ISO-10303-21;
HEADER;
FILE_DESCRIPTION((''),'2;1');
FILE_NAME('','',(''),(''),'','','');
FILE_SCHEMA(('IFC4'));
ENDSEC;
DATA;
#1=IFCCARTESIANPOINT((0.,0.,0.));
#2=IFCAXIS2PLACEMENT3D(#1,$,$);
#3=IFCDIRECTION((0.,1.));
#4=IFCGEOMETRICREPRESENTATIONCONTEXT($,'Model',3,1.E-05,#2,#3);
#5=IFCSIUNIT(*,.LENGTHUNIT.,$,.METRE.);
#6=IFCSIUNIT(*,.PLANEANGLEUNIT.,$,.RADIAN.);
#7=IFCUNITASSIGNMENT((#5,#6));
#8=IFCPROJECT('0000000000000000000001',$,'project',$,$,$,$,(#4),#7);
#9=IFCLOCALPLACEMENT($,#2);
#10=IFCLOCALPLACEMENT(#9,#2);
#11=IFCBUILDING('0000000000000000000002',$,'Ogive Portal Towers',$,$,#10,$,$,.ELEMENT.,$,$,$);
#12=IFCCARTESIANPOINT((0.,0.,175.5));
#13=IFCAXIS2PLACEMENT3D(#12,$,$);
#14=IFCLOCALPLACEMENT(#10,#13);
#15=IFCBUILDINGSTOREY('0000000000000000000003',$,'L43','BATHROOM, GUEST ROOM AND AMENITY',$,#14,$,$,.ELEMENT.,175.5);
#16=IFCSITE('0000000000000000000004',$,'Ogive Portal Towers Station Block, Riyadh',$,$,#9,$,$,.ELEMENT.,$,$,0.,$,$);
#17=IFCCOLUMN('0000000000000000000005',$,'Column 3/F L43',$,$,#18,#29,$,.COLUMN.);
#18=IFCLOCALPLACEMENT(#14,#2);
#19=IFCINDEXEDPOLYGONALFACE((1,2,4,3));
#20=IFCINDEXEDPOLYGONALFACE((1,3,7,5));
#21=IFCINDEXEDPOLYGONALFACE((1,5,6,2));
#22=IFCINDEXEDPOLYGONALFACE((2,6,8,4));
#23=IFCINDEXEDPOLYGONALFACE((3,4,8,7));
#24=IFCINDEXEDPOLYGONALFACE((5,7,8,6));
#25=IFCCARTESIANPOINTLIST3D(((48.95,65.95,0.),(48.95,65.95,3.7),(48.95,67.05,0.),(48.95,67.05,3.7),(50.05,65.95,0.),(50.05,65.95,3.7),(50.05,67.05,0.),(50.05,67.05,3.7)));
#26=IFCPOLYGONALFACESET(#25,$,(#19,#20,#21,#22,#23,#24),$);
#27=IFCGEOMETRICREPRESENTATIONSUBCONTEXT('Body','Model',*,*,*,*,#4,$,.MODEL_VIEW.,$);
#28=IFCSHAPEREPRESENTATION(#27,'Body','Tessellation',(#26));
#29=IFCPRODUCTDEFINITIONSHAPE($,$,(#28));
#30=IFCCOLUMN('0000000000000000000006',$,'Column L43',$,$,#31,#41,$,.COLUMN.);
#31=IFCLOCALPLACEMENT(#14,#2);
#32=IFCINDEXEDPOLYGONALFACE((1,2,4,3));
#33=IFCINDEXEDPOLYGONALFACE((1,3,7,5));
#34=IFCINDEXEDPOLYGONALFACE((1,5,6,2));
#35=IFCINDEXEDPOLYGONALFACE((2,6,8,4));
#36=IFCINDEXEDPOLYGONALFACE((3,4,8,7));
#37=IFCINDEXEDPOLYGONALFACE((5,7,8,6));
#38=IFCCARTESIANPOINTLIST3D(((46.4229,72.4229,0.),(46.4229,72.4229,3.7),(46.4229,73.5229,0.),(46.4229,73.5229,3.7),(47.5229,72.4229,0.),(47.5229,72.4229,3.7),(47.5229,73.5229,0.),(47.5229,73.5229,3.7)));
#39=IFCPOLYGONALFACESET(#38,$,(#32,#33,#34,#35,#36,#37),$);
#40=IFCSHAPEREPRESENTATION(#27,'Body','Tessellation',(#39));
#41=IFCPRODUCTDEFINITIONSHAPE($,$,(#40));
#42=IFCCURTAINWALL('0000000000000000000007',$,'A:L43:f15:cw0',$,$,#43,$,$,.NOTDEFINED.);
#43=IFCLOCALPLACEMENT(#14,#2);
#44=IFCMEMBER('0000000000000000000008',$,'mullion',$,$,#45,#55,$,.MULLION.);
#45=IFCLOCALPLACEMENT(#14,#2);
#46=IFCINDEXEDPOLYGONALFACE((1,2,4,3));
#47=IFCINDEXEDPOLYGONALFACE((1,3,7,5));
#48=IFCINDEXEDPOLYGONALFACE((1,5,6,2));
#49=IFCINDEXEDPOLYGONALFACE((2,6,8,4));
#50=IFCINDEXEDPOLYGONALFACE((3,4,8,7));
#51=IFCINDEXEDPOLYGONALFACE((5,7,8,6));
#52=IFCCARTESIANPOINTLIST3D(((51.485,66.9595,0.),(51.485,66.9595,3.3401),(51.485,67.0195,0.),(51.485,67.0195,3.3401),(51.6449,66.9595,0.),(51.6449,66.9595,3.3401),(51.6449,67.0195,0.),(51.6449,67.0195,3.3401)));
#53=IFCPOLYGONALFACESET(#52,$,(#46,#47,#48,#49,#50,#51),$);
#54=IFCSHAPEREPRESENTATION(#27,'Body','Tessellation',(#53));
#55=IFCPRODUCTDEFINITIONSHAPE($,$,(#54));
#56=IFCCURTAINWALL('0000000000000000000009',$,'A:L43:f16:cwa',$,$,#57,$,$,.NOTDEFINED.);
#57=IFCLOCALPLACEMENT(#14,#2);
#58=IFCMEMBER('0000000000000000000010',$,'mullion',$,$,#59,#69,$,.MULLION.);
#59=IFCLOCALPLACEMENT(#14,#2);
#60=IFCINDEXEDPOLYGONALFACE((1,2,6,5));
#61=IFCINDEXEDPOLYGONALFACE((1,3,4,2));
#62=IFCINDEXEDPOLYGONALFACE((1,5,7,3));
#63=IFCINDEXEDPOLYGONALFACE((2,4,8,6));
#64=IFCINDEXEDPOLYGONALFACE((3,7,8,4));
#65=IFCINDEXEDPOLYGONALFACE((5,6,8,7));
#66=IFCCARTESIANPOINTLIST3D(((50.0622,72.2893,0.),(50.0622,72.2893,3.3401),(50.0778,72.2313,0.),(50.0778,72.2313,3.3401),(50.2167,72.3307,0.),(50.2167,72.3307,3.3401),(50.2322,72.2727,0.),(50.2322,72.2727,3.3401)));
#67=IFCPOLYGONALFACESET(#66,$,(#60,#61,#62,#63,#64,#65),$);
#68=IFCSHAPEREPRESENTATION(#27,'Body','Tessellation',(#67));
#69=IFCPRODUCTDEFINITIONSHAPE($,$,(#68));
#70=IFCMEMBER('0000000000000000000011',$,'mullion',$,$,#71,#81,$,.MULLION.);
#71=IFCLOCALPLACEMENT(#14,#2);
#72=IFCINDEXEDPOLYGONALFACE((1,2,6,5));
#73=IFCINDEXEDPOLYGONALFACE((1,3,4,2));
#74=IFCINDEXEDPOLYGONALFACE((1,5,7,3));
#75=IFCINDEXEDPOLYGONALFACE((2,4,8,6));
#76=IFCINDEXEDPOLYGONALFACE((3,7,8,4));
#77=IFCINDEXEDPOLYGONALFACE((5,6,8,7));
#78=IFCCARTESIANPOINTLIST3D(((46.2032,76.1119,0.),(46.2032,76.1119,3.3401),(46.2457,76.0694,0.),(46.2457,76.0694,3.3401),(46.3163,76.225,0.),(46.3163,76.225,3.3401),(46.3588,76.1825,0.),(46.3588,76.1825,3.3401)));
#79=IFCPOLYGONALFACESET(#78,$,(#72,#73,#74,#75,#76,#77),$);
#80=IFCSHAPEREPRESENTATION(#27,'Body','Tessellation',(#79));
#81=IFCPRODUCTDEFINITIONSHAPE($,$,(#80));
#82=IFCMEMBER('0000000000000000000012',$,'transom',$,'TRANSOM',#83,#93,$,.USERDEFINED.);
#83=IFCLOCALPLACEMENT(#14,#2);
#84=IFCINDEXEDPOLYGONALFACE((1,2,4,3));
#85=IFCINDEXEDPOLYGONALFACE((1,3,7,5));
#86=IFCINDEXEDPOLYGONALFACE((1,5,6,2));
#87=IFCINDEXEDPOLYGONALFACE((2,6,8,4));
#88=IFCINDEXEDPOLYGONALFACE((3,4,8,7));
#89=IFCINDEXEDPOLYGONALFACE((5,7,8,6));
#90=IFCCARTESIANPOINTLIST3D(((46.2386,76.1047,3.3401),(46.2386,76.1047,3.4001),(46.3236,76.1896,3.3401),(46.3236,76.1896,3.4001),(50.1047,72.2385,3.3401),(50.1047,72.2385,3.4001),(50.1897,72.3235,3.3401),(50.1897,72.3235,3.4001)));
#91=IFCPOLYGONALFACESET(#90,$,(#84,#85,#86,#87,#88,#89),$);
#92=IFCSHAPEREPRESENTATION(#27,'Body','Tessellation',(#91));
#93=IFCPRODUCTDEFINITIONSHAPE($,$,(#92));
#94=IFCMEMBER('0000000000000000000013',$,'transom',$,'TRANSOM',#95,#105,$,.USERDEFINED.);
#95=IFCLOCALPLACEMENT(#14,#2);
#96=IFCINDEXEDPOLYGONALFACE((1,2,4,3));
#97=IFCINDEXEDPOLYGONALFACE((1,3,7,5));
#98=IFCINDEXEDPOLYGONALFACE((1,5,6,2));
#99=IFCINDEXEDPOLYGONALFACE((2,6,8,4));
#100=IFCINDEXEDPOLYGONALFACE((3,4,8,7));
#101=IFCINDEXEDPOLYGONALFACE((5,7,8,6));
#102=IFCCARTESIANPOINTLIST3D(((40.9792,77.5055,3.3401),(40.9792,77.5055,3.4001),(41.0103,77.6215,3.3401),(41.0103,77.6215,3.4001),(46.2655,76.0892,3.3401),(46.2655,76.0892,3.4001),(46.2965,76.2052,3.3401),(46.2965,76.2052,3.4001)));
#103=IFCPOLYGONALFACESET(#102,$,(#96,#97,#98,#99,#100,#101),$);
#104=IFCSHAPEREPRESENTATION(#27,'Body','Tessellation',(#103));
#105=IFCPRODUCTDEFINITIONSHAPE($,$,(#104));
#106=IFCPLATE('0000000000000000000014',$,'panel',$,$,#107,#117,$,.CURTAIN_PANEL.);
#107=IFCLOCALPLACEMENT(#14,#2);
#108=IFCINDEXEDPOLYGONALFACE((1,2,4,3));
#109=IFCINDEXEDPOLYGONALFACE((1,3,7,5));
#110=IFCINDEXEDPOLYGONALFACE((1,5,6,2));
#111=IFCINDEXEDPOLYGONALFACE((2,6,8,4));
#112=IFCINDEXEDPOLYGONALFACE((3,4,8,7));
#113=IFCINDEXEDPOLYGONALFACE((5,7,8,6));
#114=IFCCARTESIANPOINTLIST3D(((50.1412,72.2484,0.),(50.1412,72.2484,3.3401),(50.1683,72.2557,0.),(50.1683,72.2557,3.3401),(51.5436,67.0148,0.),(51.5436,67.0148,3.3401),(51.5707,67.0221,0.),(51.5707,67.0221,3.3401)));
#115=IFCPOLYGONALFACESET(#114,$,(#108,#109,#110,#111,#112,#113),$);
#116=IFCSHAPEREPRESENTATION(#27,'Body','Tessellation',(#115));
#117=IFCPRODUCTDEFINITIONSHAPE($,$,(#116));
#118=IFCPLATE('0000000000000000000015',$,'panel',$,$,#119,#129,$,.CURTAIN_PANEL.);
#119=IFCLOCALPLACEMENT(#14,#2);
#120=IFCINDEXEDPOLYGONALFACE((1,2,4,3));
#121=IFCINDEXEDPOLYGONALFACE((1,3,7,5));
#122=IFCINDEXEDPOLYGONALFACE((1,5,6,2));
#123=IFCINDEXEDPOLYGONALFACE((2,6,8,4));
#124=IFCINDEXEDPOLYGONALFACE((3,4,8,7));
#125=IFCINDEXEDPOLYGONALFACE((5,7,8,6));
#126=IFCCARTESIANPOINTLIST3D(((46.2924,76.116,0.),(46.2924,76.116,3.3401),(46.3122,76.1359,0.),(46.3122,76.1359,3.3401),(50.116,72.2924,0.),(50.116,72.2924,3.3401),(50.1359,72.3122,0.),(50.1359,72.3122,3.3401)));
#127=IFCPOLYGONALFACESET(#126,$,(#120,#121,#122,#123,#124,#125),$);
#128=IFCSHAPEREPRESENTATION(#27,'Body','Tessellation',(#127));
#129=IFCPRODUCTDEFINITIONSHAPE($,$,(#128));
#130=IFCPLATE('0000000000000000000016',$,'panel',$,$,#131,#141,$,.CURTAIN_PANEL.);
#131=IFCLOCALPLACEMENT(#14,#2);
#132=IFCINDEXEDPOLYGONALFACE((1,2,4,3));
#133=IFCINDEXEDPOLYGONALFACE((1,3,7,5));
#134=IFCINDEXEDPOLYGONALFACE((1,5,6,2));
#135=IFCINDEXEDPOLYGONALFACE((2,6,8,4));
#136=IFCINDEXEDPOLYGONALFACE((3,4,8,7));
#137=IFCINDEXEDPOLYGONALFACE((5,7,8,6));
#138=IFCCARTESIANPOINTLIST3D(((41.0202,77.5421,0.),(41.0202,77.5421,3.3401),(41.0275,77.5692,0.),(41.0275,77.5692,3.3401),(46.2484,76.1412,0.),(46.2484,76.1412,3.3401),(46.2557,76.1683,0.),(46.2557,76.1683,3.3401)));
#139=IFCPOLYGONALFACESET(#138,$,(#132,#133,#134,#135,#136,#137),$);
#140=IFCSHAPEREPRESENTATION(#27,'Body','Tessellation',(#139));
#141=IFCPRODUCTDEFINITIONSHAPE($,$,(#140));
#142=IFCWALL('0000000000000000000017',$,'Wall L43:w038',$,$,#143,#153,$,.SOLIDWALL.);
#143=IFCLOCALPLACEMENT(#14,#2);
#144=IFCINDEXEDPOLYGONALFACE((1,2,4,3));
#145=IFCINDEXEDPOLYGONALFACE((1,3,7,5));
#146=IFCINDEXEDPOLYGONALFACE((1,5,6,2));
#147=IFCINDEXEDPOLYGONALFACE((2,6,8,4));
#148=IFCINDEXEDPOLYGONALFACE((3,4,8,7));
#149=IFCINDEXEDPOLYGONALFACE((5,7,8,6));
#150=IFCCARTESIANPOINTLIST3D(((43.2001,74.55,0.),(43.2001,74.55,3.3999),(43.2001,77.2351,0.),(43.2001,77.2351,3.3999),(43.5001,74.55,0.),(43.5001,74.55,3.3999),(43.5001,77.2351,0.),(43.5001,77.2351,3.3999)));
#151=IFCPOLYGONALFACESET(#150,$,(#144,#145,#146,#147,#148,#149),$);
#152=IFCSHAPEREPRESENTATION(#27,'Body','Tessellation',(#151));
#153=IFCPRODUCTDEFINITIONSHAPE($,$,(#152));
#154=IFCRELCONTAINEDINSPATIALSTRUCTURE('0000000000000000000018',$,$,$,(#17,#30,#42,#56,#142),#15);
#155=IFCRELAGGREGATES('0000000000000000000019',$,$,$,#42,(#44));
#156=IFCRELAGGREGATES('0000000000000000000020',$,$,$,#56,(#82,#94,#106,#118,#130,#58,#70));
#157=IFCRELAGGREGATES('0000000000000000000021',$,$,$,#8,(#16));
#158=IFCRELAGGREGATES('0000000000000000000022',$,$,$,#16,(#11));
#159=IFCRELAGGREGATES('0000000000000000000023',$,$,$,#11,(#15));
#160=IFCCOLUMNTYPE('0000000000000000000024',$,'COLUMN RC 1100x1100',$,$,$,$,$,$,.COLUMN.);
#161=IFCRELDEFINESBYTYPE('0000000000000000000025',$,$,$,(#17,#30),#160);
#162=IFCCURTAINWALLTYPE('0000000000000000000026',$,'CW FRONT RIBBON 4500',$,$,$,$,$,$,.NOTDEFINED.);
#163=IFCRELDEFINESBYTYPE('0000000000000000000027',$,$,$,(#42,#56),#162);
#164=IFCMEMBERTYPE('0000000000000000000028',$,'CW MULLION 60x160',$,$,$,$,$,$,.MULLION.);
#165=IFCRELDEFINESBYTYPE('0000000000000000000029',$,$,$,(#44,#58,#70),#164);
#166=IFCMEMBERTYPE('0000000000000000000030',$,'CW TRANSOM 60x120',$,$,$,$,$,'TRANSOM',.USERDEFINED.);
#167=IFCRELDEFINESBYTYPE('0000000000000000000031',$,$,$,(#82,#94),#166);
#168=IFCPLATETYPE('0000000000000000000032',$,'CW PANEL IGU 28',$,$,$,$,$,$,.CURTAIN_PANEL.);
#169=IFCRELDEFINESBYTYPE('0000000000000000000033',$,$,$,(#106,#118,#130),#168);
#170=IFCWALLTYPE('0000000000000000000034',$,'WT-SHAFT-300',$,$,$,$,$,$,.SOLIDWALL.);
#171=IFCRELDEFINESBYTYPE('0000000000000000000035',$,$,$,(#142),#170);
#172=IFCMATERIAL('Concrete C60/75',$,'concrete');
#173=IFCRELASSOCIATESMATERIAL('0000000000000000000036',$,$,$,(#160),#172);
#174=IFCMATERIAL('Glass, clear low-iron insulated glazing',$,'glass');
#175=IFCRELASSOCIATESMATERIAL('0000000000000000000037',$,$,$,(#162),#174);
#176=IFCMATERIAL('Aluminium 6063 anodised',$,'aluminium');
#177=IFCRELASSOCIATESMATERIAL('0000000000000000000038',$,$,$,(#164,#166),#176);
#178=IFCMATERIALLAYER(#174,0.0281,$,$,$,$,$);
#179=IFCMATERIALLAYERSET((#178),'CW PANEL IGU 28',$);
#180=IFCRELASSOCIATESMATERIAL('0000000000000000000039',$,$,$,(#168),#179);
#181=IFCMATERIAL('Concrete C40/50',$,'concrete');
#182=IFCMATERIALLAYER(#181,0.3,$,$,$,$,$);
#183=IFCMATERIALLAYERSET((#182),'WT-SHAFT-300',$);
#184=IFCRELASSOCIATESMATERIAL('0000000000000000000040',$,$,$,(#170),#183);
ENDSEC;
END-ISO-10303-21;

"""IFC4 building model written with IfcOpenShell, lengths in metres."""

from ifc_helpers import new_model, si_unit, direction, frame, frame_2d, origin, origin_2d, place, context, subcontext, project, spatial, rectangle, extrude, material, layer, layer_set, material_profile, profile_set, type_object, element, aggregate, save


model = new_model("IFC4")

# Units and contexts
model_context = context("Model", 3, precision=1e-05, world=origin(), true_north=direction((0.0, 1.0)))
body_context = subcontext(model_context, "Body", "Model", "MODEL_VIEW")
ifc_project = project(units=[si_unit("LENGTHUNIT", "METRE"), si_unit("PLANEANGLEUNIT", "RADIAN")], contexts=[model_context])

# Site, building, storey
site_placement = place(None, origin())
site = spatial("IfcSite", under=ifc_project, at=site_placement, Name="Ogive Portal Towers Station Block, Riyadh", CompositionType="ELEMENT", RefElevation=0.0)
building_placement = place(site_placement, origin())
building = spatial("IfcBuilding", under=site, at=building_placement, Name="Ogive Portal Towers", CompositionType="ELEMENT")
storey_placement = place(building_placement, frame((0.0, 0.0, 175.5)))
storey = spatial("IfcBuildingStorey", under=building, at=storey_placement, Name="L43", Description="BATHROOM, GUEST ROOM AND AMENITY", CompositionType="ELEMENT", Elevation=175.5)

# Columns
ifc_material_1 = material(Name="Concrete C60/75", Category="concrete")
ifc_material_profile_1 = material_profile(ifc_material_1, rectangle(XDim=1.1001, YDim=1.1001, at=origin_2d()), Name="RC 1100x1100")
ifc_profile_set_1 = profile_set([ifc_material_profile_1], Name="Concrete C60/75")
column_type = type_object("IfcColumnType", Name="COLUMN RC 1100x1100", PredefinedType="COLUMN", material=ifc_profile_set_1)
for number, where, z_axis, x_axis, name in (
    (1, (49.5, 66.5, 0.0), (0.0, 0.0, 1.0), (1.0, 0.0, 0.0), "Column 3/F L43"),
    (2, (46.9729, 72.9729, 0.0), (0.0, 0.0, 1.0), (1.0, 0.0, 0.0), "Column L43"),
):
    element("IfcColumn", number, at=place(storey_placement, frame(where, z_axis=z_axis, x_axis=x_axis)), inside=storey, type_object=column_type, Name=name, PredefinedType="COLUMN", context=body_context, shape_type="SweptSolid", body=[
        extrude(rectangle(XDim=1.1001, YDim=1.1001, at=origin_2d()), origin(), (0.0, 0.0, 1.0), 3.7),
    ])

# Curtain wall, member
ifc_material_2 = material(Name="Glass, clear low-iron insulated glazing", Category="glass")
curtain_wall_type = type_object("IfcCurtainWallType", Name="CW FRONT RIBBON 4500", PredefinedType="NOTDEFINED", material=ifc_material_2)
curtain_wall_1_placement = place(storey_placement, origin())
curtain_wall_1 = element("IfcCurtainWall", 3, at=curtain_wall_1_placement, inside=storey, type_object=curtain_wall_type, Name="A:L43:f15:cw0", PredefinedType="NOTDEFINED")
ifc_material_3 = material(Name="Aluminium 6063 anodised", Category="aluminium")
ifc_material_profile_2 = material_profile(ifc_material_3, rectangle(XDim=0.1599, YDim=0.0601, at=origin_2d()), Name="AL 60x160")
ifc_profile_set_2 = profile_set([ifc_material_profile_2], Name="Aluminium 6063 anodised")
member_type_1 = type_object("IfcMemberType", Name="CW MULLION 60x160", PredefinedType="MULLION", material=ifc_profile_set_2)
member_1_placement = place(storey_placement, frame((51.5649, 66.9895, 0.0), z_axis=(0.0, 0.0, 1.0), x_axis=(-1.0, 0.0, 0.0)))
member_1 = element("IfcMember", 4, at=member_1_placement, type_object=member_type_1, Name="mullion", PredefinedType="MULLION", context=body_context, shape_type="SweptSolid", body=[
    extrude(rectangle(XDim=0.1599, YDim=0.0601, at=origin_2d()), origin(), (0.0, 0.0, 1.0), 3.3401),
])
aggregate(curtain_wall_1, [member_1])

# Curtain wall, members, plates
curtain_wall_2_placement = place(storey_placement, origin())
curtain_wall_2 = element("IfcCurtainWall", 5, at=curtain_wall_2_placement, inside=storey, type_object=curtain_wall_type, Name="A:L43:f16:cwa", PredefinedType="NOTDEFINED")
member_2_placement = place(storey_placement, frame((50.1472, 72.281, 0.0), z_axis=(0.0, 0.0, 1.0), x_axis=(-0.965926, -0.258819, 0.0)))
member_2 = element("IfcMember", 6, at=member_2_placement, type_object=member_type_1, Name="mullion", PredefinedType="MULLION", context=body_context, shape_type="SweptSolid", body=[
    extrude(rectangle(XDim=0.1599, YDim=0.0601, at=origin_2d()), origin(), (0.0, 0.0, 1.0), 3.3401),
])
member_3_placement = place(storey_placement, frame((46.281, 76.1472, 0.0), z_axis=(0.0, 0.0, 1.0), x_axis=(-0.707107, -0.707107, 0.0)))
member_3 = element("IfcMember", 7, at=member_3_placement, type_object=member_type_1, Name="mullion", PredefinedType="MULLION", context=body_context, shape_type="SweptSolid", body=[
    extrude(rectangle(XDim=0.1599, YDim=0.0601, at=origin_2d()), origin(), (0.0, 0.0, 1.0), 3.3401),
])
ifc_material_profile_3 = material_profile(ifc_material_3, rectangle(XDim=0.1201, YDim=0.0601, at=origin_2d()), Name="AL 120x60")
ifc_profile_set_3 = profile_set([ifc_material_profile_3], Name="Aluminium 6063 anodised")
member_type_2 = type_object("IfcMemberType", Name="CW TRANSOM 60x120", ElementType="TRANSOM", PredefinedType="USERDEFINED", material=ifc_profile_set_3)
member_4_placement = place(storey_placement, frame((50.1472, 72.281, 3.3701), z_axis=(-0.707107, 0.707107, 0.0), x_axis=(-0.707107, -0.707107, 0.0)))
member_4 = element("IfcMember", 8, at=member_4_placement, type_object=member_type_2, Name="transom", ObjectType="TRANSOM", PredefinedType="USERDEFINED", context=body_context, shape_type="SweptSolid", body=[
    extrude(rectangle(XDim=0.1201, YDim=0.0601, at=origin_2d()), origin(), (0.0, 0.0, 1.0), 5.4675),
])
member_5_placement = place(storey_placement, frame((46.281, 76.1472, 3.3701), z_axis=(-0.965933, 0.258793, 0.0), x_axis=(-0.258793, -0.965933, 0.0)))
member_5 = element("IfcMember", 9, at=member_5_placement, type_object=member_type_2, Name="transom", ObjectType="TRANSOM", PredefinedType="USERDEFINED", context=body_context, shape_type="SweptSolid", body=[
    extrude(rectangle(XDim=0.1201, YDim=0.0601, at=origin_2d()), origin(), (0.0, 0.0, 1.0), 5.4727),
])
ifc_layer_1 = layer(ifc_material_2, 0.0281)
ifc_layer_set_1 = layer_set([ifc_layer_1], Name="CW PANEL IGU 28")
plate_type = type_object("IfcPlateType", Name="CW PANEL IGU 28", PredefinedType="CURTAIN_PANEL", material=ifc_layer_set_1)
plate_1_placement = place(storey_placement, frame((50.856, 69.6353, 0.0), z_axis=(0.0, 0.0, 1.0), x_axis=(-0.258819, 0.965926, 0.0)))
plate_1 = element("IfcPlate", 10, at=plate_1_placement, type_object=plate_type, Name="panel", PredefinedType="CURTAIN_PANEL", context=body_context, shape_type="SweptSolid", body=[
    extrude(rectangle(XDim=5.4182, YDim=0.0281, at=origin_2d()), origin(), (0.0, 0.0, 1.0), 3.3401),
])
plate_2_placement = place(storey_placement, frame((48.2141, 74.2141, 0.0), z_axis=(0.0, 0.0, 1.0), x_axis=(-0.707107, 0.707107, 0.0)))
plate_2 = element("IfcPlate", 11, at=plate_2_placement, type_object=plate_type, Name="panel", PredefinedType="CURTAIN_PANEL", context=body_context, shape_type="SweptSolid", body=[
    extrude(rectangle(XDim=5.4075, YDim=0.0281, at=origin_2d()), origin(), (0.0, 0.0, 1.0), 3.3401),
])
plate_3_placement = place(storey_placement, frame((43.6379, 76.8552, 0.0), z_axis=(0.0, 0.0, 1.0), x_axis=(-0.965926, 0.258819, 0.0)))
plate_3 = element("IfcPlate", 12, at=plate_3_placement, type_object=plate_type, Name="panel", PredefinedType="CURTAIN_PANEL", context=body_context, shape_type="SweptSolid", body=[
    extrude(rectangle(XDim=5.4126, YDim=0.0281, at=origin_2d()), origin(), (0.0, 0.0, 1.0), 3.3401),
])
aggregate(curtain_wall_2, [member_4, member_5, plate_1, plate_2, plate_3, member_2, member_3])

# Wall
ifc_material_4 = material(Name="Concrete C40/50", Category="concrete")
ifc_layer_2 = layer(ifc_material_4, 0.3)
ifc_layer_set_2 = layer_set([ifc_layer_2], Name="WT-SHAFT-300")
wall_type = type_object("IfcWallType", Name="WT-SHAFT-300", PredefinedType="SOLIDWALL", material=ifc_layer_set_2)
wall_placement = place(storey_placement, frame((43.3501, 74.55, 0.0), z_axis=(0.0, 0.0, 1.0), x_axis=(0.0, 1.0, 0.0)))
element("IfcWall", 13, at=wall_placement, inside=storey, type_object=wall_type, Name="Wall L43:w038", PredefinedType="SOLIDWALL", context=body_context, shape_type="SweptSolid", body=[
    extrude(rectangle(XDim=2.6851, YDim=0.3, at=frame_2d((1.3425, 0.0))), origin(), (0.0, 0.0, 1.0), 3.3999),
])

save(model, "model.ifc")
